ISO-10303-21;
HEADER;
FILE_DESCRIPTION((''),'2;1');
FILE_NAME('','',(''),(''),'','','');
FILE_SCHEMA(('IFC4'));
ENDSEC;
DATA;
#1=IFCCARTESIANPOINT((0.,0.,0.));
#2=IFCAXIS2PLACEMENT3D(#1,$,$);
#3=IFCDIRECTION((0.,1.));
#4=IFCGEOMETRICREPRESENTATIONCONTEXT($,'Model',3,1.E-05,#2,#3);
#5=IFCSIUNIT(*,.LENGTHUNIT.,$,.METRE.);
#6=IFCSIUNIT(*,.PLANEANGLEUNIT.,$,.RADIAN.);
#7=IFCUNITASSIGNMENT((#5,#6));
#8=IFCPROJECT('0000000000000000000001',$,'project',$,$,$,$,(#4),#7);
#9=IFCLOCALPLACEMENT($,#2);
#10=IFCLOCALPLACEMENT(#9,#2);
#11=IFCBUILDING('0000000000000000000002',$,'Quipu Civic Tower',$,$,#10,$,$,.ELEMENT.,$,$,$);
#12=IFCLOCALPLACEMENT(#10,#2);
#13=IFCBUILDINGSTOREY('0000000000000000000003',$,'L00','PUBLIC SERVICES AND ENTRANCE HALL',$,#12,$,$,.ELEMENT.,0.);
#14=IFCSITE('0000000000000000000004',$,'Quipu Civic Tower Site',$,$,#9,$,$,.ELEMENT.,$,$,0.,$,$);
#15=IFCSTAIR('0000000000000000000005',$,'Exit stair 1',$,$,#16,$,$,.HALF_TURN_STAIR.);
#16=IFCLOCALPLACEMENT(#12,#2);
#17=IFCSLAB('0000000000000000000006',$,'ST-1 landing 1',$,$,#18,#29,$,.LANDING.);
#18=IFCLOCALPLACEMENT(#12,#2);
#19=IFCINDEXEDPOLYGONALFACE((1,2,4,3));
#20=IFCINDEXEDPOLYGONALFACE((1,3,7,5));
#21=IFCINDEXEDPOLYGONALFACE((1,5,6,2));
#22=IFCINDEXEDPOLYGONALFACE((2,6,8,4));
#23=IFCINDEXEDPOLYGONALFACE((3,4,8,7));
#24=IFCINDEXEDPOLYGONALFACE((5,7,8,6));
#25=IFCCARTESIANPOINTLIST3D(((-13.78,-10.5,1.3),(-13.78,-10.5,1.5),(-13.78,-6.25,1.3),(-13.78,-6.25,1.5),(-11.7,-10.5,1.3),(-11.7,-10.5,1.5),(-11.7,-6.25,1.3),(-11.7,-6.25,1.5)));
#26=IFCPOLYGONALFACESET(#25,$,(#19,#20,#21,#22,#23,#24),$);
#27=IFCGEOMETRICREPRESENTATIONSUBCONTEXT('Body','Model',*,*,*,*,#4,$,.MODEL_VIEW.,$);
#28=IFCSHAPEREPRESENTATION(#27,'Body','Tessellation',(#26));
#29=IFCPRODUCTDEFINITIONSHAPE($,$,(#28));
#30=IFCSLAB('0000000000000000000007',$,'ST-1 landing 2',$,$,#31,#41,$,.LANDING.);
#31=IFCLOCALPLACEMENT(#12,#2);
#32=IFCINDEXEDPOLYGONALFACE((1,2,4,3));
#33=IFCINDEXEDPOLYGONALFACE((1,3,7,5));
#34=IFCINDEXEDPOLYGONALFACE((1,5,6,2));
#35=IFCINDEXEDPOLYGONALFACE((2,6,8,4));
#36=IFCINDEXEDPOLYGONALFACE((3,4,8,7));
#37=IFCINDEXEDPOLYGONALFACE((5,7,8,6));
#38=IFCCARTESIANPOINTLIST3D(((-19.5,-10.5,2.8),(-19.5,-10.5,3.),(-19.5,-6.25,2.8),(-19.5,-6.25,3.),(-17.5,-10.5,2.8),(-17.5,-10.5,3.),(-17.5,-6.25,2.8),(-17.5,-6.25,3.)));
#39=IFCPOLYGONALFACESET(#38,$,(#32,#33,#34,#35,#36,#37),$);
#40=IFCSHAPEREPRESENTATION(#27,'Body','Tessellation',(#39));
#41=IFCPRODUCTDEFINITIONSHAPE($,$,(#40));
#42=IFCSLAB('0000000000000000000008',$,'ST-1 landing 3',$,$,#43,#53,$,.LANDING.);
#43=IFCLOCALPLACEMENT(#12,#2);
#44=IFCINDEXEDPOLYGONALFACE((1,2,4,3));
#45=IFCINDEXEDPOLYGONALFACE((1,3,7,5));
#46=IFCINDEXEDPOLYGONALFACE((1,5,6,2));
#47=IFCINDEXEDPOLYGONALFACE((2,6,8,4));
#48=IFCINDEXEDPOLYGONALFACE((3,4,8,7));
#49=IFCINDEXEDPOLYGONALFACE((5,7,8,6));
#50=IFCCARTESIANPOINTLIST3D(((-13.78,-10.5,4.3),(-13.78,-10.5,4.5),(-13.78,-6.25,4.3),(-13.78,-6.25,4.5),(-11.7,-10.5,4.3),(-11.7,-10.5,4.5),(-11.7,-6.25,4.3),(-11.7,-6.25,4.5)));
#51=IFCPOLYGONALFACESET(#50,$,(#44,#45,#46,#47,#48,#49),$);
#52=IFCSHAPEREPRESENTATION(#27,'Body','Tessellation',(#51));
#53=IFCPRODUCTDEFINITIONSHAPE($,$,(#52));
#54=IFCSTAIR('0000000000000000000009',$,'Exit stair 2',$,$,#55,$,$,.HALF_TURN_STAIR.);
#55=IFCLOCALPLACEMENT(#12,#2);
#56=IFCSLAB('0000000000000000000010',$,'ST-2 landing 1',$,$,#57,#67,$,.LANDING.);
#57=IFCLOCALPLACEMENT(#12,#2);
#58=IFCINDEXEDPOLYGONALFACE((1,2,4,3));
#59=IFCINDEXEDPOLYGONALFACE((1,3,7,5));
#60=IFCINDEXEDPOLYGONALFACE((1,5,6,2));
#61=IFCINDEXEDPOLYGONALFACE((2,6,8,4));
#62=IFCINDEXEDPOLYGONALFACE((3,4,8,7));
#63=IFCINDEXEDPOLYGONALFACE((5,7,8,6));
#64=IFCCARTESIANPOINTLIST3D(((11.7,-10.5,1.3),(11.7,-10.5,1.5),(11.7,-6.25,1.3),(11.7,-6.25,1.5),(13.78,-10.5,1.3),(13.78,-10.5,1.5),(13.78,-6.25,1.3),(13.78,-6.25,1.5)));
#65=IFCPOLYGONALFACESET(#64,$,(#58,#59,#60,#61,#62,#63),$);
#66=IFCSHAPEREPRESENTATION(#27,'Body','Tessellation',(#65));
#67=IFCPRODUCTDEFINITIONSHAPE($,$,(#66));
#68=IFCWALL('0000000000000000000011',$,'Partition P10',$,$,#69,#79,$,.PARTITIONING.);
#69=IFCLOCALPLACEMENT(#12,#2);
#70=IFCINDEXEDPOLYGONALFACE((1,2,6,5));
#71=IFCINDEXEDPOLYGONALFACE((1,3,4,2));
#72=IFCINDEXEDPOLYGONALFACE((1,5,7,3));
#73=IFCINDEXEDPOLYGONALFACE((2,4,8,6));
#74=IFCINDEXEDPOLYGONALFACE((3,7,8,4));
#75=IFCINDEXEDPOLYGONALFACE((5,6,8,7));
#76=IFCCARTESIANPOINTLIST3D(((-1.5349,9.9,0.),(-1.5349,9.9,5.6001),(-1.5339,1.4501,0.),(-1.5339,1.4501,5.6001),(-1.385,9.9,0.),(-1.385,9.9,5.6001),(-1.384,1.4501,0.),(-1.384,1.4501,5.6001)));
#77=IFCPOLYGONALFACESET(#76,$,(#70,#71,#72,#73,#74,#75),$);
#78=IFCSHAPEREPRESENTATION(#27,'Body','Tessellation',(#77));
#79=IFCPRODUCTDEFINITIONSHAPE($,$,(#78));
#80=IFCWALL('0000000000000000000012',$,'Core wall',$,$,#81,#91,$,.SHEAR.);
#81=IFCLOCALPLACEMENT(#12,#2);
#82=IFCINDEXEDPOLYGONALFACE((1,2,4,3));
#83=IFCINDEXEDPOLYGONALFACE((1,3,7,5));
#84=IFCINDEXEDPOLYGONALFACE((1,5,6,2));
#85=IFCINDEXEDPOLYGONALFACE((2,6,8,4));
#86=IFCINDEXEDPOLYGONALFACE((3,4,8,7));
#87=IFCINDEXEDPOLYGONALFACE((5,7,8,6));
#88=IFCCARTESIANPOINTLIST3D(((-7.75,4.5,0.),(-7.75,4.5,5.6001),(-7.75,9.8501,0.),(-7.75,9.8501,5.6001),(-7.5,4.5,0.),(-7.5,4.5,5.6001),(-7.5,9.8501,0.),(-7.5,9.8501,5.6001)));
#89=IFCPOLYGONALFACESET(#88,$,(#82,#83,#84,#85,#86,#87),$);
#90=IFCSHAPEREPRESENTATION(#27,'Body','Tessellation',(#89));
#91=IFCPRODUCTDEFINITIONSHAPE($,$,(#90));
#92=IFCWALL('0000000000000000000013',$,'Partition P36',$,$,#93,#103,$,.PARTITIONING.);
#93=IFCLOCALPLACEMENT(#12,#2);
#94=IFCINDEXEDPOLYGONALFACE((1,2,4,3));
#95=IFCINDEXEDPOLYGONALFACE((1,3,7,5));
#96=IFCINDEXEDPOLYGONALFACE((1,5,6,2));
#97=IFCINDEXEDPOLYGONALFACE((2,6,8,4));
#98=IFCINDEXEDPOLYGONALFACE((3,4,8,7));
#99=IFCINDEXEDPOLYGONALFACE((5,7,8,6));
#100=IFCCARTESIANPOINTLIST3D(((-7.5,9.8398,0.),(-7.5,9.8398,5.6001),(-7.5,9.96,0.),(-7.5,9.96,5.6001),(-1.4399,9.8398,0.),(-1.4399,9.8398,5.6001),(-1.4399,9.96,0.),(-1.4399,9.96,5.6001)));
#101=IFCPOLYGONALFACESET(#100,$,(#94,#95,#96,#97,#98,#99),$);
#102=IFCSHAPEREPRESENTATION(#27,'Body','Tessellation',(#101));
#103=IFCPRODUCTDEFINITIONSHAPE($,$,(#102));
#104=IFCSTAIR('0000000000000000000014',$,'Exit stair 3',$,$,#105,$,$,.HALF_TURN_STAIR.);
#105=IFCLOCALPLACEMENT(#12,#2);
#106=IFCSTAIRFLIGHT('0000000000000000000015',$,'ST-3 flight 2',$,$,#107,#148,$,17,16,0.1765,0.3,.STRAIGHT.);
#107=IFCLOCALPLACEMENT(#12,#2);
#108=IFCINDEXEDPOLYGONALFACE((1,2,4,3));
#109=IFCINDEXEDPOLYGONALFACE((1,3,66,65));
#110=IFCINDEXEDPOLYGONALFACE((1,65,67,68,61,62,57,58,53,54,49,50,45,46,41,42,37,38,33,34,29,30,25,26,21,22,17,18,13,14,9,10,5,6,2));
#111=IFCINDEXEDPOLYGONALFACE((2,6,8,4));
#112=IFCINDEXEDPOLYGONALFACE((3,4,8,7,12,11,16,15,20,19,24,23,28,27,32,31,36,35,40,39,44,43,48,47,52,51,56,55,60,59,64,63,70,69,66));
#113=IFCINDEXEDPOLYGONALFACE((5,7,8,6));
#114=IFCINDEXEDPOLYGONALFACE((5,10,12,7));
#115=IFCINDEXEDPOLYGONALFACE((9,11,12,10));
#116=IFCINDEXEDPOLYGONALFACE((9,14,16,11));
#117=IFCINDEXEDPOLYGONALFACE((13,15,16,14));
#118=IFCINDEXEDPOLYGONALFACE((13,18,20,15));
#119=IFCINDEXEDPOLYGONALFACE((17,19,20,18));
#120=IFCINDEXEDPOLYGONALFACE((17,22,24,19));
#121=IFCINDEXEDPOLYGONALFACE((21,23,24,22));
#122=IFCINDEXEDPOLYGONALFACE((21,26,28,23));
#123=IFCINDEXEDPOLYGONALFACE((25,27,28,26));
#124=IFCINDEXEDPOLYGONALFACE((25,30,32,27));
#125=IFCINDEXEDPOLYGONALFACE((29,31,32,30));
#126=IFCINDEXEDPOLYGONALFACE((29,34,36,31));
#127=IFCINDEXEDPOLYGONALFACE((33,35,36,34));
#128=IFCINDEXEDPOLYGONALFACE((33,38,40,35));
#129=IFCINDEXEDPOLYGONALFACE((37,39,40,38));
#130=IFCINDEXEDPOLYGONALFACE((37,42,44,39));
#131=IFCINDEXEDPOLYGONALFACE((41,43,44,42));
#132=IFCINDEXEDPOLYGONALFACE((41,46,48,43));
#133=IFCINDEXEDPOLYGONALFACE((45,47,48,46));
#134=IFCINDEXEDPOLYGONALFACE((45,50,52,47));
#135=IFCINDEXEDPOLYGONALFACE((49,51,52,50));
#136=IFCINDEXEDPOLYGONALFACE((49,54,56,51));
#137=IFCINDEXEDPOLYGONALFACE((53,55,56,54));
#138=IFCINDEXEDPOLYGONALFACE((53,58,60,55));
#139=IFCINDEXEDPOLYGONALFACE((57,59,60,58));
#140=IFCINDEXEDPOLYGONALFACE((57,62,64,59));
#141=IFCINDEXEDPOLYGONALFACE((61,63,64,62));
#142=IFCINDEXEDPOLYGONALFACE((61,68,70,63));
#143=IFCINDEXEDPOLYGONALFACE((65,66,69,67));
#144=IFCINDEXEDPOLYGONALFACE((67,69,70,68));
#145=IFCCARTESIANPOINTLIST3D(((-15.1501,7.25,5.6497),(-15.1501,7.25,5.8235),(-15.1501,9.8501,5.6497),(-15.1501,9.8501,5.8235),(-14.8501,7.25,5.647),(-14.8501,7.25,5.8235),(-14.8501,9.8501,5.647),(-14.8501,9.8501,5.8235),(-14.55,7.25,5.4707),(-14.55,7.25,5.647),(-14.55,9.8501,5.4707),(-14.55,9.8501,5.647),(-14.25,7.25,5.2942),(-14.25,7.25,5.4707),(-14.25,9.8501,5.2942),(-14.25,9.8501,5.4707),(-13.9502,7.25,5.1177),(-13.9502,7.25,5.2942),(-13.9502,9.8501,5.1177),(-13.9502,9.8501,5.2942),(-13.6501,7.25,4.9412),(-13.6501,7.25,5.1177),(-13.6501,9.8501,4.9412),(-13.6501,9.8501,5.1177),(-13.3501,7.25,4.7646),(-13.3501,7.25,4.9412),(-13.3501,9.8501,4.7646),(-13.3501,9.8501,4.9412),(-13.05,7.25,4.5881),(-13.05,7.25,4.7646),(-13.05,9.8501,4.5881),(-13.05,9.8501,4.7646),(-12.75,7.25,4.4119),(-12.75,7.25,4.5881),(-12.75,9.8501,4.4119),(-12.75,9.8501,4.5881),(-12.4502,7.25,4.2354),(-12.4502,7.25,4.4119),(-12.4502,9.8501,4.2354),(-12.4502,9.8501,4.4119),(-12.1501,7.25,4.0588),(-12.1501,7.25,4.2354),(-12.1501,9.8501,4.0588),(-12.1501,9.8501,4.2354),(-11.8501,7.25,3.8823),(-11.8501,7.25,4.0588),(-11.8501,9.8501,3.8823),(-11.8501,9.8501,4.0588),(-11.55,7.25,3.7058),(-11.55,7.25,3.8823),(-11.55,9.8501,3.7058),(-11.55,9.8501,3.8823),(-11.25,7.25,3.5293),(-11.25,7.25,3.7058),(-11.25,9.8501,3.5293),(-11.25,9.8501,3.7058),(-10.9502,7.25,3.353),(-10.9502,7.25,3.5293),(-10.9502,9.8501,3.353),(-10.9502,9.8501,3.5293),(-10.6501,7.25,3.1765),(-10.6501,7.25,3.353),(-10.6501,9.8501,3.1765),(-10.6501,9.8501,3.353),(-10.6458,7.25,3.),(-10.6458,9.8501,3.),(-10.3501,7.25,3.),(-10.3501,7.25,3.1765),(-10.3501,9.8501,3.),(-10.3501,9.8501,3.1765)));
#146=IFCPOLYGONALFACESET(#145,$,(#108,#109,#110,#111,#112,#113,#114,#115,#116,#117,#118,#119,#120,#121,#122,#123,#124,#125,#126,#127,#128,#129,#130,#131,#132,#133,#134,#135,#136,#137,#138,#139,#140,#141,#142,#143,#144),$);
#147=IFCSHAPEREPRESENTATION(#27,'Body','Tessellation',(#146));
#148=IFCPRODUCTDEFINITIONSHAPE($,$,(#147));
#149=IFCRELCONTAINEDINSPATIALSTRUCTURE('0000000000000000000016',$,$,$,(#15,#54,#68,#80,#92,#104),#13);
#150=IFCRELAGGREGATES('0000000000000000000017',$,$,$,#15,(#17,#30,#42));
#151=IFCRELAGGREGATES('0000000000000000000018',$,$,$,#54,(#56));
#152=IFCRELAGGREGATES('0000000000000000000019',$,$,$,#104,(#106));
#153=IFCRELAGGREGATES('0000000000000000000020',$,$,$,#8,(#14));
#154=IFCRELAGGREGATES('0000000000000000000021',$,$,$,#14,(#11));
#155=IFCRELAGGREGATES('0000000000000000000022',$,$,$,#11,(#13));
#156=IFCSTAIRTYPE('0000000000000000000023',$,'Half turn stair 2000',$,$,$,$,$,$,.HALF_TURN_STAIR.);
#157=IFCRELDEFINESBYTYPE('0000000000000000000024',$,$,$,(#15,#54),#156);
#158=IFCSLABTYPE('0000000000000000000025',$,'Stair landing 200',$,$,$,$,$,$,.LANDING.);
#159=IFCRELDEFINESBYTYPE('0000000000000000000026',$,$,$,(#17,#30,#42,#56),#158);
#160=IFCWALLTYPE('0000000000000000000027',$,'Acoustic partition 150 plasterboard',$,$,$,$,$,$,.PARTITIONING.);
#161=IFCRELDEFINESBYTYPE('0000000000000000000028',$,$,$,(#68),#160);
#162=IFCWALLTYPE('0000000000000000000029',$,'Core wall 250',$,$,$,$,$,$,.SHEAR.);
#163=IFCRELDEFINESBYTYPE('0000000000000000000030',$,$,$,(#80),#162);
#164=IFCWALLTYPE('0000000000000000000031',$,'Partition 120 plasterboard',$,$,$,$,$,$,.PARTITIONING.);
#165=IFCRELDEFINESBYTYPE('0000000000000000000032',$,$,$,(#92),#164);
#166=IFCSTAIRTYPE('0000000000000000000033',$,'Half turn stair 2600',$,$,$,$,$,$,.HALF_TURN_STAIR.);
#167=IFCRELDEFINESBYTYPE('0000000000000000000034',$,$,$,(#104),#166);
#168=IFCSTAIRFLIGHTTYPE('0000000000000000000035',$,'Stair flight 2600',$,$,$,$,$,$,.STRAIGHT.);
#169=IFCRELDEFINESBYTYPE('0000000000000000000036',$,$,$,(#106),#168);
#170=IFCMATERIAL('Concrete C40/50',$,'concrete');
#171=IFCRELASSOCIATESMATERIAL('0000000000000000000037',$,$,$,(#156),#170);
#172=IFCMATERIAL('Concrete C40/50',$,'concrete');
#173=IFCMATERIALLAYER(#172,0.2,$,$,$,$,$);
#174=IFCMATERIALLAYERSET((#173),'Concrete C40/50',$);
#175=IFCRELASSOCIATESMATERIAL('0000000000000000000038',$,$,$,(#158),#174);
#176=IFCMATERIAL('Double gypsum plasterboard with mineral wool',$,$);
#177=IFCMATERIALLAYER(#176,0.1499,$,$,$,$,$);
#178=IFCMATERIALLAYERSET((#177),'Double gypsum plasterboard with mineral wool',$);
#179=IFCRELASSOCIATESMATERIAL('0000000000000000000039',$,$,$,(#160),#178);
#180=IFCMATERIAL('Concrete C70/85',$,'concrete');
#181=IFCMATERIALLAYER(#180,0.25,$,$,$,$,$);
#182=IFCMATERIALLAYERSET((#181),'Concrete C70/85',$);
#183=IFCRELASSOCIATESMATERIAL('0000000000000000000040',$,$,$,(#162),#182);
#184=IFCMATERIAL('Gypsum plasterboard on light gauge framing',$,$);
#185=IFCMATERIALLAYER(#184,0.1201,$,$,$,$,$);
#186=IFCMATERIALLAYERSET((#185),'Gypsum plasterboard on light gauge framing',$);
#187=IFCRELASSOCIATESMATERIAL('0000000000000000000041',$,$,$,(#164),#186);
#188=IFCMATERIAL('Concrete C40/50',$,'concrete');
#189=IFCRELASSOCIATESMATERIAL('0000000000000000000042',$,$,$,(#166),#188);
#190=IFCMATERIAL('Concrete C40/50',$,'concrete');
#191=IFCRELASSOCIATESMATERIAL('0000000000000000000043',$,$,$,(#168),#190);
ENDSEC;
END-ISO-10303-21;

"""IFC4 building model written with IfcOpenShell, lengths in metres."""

from ifc_helpers import new_model, si_unit, direction, frame, frame_2d, origin, place, context, subcontext, project, spatial, polyline, rectangle, outline, extrude, material, layer, layer_set, type_object, element, aggregate, save


model = new_model("IFC4")

# Units and contexts
model_context = context("Model", 3, precision=1e-05, world=origin(), true_north=direction((0.0, 1.0)))
body_context = subcontext(model_context, "Body", "Model", "MODEL_VIEW")
ifc_project = project(units=[si_unit("LENGTHUNIT", "METRE"), si_unit("PLANEANGLEUNIT", "RADIAN")], contexts=[model_context])

# Site, building, storey
site_placement = place(None, origin())
site = spatial("IfcSite", under=ifc_project, at=site_placement, Name="Quipu Civic Tower Site", CompositionType="ELEMENT", RefElevation=0.0)
building_placement = place(site_placement, origin())
building = spatial("IfcBuilding", under=site, at=building_placement, Name="Quipu Civic Tower", CompositionType="ELEMENT")
storey_placement = place(building_placement, origin())
storey = spatial("IfcBuildingStorey", under=building, at=storey_placement, Name="L00", Description="PUBLIC SERVICES AND ENTRANCE HALL", CompositionType="ELEMENT", Elevation=0.0)

# Stair, slabs
ifc_material_1 = material(Name="Concrete C40/50", Category="concrete")
stair_type_1 = type_object("IfcStairType", Name="Half turn stair 2000", PredefinedType="HALF_TURN_STAIR", material=ifc_material_1)
stair_1_placement = place(storey_placement, origin())
stair_1 = element("IfcStair", 1, at=stair_1_placement, inside=storey, type_object=stair_type_1, Name="Exit stair 1", PredefinedType="HALF_TURN_STAIR")
ifc_material_2 = material(Name="Concrete C40/50", Category="concrete")
ifc_layer_1 = layer(ifc_material_2, 0.2)
ifc_layer_set_1 = layer_set([ifc_layer_1], Name="Concrete C40/50")
slab_type = type_object("IfcSlabType", Name="Stair landing 200", PredefinedType="LANDING", material=ifc_layer_set_1)
slab_1_placement = place(storey_placement, frame((0.0, 0.0, 1.3)))
slab_1 = element("IfcSlab", 2, at=slab_1_placement, type_object=slab_type, Name="ST-1 landing 1", PredefinedType="LANDING", context=body_context, shape_type="SweptSolid", body=[
    extrude(outline(polyline([(-13.78, -10.5), (-11.7, -10.5), (-11.7, -6.25), (-13.78, -6.25), (-13.78, -10.5)])), origin(), (0.0, 0.0, 1.0), 0.2),
])
slab_2_placement = place(storey_placement, frame((0.0, 0.0, 2.8)))
slab_2 = element("IfcSlab", 3, at=slab_2_placement, type_object=slab_type, Name="ST-1 landing 2", PredefinedType="LANDING", context=body_context, shape_type="SweptSolid", body=[
    extrude(outline(polyline([(-19.5, -10.5), (-17.5, -10.5), (-17.5, -6.25), (-19.5, -6.25), (-19.5, -10.5)])), origin(), (0.0, 0.0, 1.0), 0.2),
])
slab_3_placement = place(storey_placement, frame((0.0, 0.0, 4.3)))
slab_3 = element("IfcSlab", 4, at=slab_3_placement, type_object=slab_type, Name="ST-1 landing 3", PredefinedType="LANDING", context=body_context, shape_type="SweptSolid", body=[
    extrude(outline(polyline([(-13.78, -10.5), (-11.7, -10.5), (-11.7, -6.25), (-13.78, -6.25), (-13.78, -10.5)])), origin(), (0.0, 0.0, 1.0), 0.2),
])
aggregate(stair_1, [slab_1, slab_2, slab_3])

# Stair, slab
stair_2_placement = place(storey_placement, origin())
stair_2 = element("IfcStair", 5, at=stair_2_placement, inside=storey, type_object=stair_type_1, Name="Exit stair 2", PredefinedType="HALF_TURN_STAIR")
slab_4_placement = place(storey_placement, frame((0.0, 0.0, 1.3)))
slab_4 = element("IfcSlab", 6, at=slab_4_placement, type_object=slab_type, Name="ST-2 landing 1", PredefinedType="LANDING", context=body_context, shape_type="SweptSolid", body=[
    extrude(outline(polyline([(13.78, -6.25), (11.7, -6.25), (11.7, -10.5), (13.78, -10.5), (13.78, -6.25)])), origin(), (0.0, 0.0, 1.0), 0.2),
])
aggregate(stair_2, [slab_4])

# Walls
ifc_material_3 = material(Name="Double gypsum plasterboard with mineral wool")
ifc_layer_2 = layer(ifc_material_3, 0.1499)
ifc_layer_set_2 = layer_set([ifc_layer_2], Name="Double gypsum plasterboard with mineral wool")
wall_type_1 = type_object("IfcWallType", Name="Acoustic partition 150 plasterboard", PredefinedType="PARTITIONING", material=ifc_layer_set_2)
wall_1_placement = place(storey_placement, frame((-1.459, 1.45, 0.0), z_axis=(0.0, 0.0, 1.0), x_axis=(-0.000116, 1.0, 0.0)))
element("IfcWall", 7, at=wall_1_placement, inside=storey, type_object=wall_type_1, Name="Partition P10", PredefinedType="PARTITIONING", context=body_context, shape_type="SweptSolid", body=[
    extrude(rectangle(XDim=8.45, YDim=0.1499, at=frame_2d((4.2251, 0.0))), origin(), (0.0, 0.0, 1.0), 5.6001),
])
ifc_material_4 = material(Name="Concrete C70/85", Category="concrete")
ifc_layer_3 = layer(ifc_material_4, 0.25)
ifc_layer_set_3 = layer_set([ifc_layer_3], Name="Concrete C70/85")
wall_type_2 = type_object("IfcWallType", Name="Core wall 250", PredefinedType="SHEAR", material=ifc_layer_set_3)
wall_2_placement = place(storey_placement, frame((-7.625, 4.5, 0.0), z_axis=(0.0, 0.0, 1.0), x_axis=(0.0, 1.0, 0.0)))
element("IfcWall", 8, at=wall_2_placement, inside=storey, type_object=wall_type_2, Name="Core wall", PredefinedType="SHEAR", context=body_context, shape_type="SweptSolid", body=[
    extrude(rectangle(XDim=5.3501, YDim=0.25, at=frame_2d((2.675, 0.0))), origin(), (0.0, 0.0, 1.0), 5.6001),
])
ifc_material_5 = material(Name="Gypsum plasterboard on light gauge framing")
ifc_layer_4 = layer(ifc_material_5, 0.1201)
ifc_layer_set_4 = layer_set([ifc_layer_4], Name="Gypsum plasterboard on light gauge framing")
wall_type_3 = type_object("IfcWallType", Name="Partition 120 plasterboard", PredefinedType="PARTITIONING", material=ifc_layer_set_4)
wall_3_placement = place(storey_placement, frame((-1.4399, 9.8999, 0.0), z_axis=(0.0, 0.0, 1.0), x_axis=(-1.0, 0.0, 0.0)))
element("IfcWall", 9, at=wall_3_placement, inside=storey, type_object=wall_type_3, Name="Partition P36", PredefinedType="PARTITIONING", context=body_context, shape_type="SweptSolid", body=[
    extrude(rectangle(XDim=6.0601, YDim=0.1201, at=frame_2d((3.03, 0.0))), origin(), (0.0, 0.0, 1.0), 5.6001),
])

# Stair, stair flight
ifc_material_6 = material(Name="Concrete C40/50", Category="concrete")
stair_type_2 = type_object("IfcStairType", Name="Half turn stair 2600", PredefinedType="HALF_TURN_STAIR", material=ifc_material_6)
stair_3_placement = place(storey_placement, origin())
stair_3 = element("IfcStair", 10, at=stair_3_placement, inside=storey, type_object=stair_type_2, Name="Exit stair 3", PredefinedType="HALF_TURN_STAIR")
ifc_material_7 = material(Name="Concrete C40/50", Category="concrete")
stair_flight_type = type_object("IfcStairFlightType", Name="Stair flight 2600", PredefinedType="STRAIGHT", material=ifc_material_7)
stair_flight_placement = place(storey_placement, frame((-10.3501, 8.55, 3.0), z_axis=(0.0, 0.0, 1.0), x_axis=(-1.0, 0.0, 0.0)))
stair_flight = element("IfcStairFlight", 11, at=stair_flight_placement, type_object=stair_flight_type, Name="ST-3 flight 2", NumberOfRisers=17, NumberOfTreads=16, PredefinedType="STRAIGHT", RiserHeight=0.1765, TreadLength=0.3, context=body_context, shape_type="SweptSolid", body=[
    extrude(outline(polyline([(0.0, 0.0), (0.0, 0.1765), (0.3, 0.1765), (0.3, 0.353), (0.6001, 0.353), (0.6001, 0.5293), (0.8999, 0.5293), (0.8999, 0.7058), (1.2, 0.7058), (1.2, 0.8823), (1.5, 0.8823), (1.5, 1.0588), (1.8, 1.0588), (1.8, 1.2354), (2.1001, 1.2354), (2.1001, 1.4119), (2.3999, 1.4119), (2.3999, 1.5881), (2.7, 1.5881), (2.7, 1.7646), (3.0, 1.7646), (3.0, 1.9412), (3.3, 1.9412), (3.3, 2.1177), (3.6001, 2.1177), (3.6001, 2.2942), (3.8999, 2.2942), (3.8999, 2.4707), (4.2, 2.4707), (4.2, 2.647), (4.5, 2.647), (4.5, 2.8235), (4.8, 2.8235), (4.8, 3.0), (4.8, 2.6497), (0.2957, 0.0), (0.0, 0.0)])), frame((0.0, 1.3, 0.0), z_axis=(0.0, -1.0, 0.0), x_axis=(1.0, 0.0, 0.0)), (0.0, 0.0, 1.0), 2.6001),
])
aggregate(stair_3, [stair_flight])

save(model, "model.ifc")
